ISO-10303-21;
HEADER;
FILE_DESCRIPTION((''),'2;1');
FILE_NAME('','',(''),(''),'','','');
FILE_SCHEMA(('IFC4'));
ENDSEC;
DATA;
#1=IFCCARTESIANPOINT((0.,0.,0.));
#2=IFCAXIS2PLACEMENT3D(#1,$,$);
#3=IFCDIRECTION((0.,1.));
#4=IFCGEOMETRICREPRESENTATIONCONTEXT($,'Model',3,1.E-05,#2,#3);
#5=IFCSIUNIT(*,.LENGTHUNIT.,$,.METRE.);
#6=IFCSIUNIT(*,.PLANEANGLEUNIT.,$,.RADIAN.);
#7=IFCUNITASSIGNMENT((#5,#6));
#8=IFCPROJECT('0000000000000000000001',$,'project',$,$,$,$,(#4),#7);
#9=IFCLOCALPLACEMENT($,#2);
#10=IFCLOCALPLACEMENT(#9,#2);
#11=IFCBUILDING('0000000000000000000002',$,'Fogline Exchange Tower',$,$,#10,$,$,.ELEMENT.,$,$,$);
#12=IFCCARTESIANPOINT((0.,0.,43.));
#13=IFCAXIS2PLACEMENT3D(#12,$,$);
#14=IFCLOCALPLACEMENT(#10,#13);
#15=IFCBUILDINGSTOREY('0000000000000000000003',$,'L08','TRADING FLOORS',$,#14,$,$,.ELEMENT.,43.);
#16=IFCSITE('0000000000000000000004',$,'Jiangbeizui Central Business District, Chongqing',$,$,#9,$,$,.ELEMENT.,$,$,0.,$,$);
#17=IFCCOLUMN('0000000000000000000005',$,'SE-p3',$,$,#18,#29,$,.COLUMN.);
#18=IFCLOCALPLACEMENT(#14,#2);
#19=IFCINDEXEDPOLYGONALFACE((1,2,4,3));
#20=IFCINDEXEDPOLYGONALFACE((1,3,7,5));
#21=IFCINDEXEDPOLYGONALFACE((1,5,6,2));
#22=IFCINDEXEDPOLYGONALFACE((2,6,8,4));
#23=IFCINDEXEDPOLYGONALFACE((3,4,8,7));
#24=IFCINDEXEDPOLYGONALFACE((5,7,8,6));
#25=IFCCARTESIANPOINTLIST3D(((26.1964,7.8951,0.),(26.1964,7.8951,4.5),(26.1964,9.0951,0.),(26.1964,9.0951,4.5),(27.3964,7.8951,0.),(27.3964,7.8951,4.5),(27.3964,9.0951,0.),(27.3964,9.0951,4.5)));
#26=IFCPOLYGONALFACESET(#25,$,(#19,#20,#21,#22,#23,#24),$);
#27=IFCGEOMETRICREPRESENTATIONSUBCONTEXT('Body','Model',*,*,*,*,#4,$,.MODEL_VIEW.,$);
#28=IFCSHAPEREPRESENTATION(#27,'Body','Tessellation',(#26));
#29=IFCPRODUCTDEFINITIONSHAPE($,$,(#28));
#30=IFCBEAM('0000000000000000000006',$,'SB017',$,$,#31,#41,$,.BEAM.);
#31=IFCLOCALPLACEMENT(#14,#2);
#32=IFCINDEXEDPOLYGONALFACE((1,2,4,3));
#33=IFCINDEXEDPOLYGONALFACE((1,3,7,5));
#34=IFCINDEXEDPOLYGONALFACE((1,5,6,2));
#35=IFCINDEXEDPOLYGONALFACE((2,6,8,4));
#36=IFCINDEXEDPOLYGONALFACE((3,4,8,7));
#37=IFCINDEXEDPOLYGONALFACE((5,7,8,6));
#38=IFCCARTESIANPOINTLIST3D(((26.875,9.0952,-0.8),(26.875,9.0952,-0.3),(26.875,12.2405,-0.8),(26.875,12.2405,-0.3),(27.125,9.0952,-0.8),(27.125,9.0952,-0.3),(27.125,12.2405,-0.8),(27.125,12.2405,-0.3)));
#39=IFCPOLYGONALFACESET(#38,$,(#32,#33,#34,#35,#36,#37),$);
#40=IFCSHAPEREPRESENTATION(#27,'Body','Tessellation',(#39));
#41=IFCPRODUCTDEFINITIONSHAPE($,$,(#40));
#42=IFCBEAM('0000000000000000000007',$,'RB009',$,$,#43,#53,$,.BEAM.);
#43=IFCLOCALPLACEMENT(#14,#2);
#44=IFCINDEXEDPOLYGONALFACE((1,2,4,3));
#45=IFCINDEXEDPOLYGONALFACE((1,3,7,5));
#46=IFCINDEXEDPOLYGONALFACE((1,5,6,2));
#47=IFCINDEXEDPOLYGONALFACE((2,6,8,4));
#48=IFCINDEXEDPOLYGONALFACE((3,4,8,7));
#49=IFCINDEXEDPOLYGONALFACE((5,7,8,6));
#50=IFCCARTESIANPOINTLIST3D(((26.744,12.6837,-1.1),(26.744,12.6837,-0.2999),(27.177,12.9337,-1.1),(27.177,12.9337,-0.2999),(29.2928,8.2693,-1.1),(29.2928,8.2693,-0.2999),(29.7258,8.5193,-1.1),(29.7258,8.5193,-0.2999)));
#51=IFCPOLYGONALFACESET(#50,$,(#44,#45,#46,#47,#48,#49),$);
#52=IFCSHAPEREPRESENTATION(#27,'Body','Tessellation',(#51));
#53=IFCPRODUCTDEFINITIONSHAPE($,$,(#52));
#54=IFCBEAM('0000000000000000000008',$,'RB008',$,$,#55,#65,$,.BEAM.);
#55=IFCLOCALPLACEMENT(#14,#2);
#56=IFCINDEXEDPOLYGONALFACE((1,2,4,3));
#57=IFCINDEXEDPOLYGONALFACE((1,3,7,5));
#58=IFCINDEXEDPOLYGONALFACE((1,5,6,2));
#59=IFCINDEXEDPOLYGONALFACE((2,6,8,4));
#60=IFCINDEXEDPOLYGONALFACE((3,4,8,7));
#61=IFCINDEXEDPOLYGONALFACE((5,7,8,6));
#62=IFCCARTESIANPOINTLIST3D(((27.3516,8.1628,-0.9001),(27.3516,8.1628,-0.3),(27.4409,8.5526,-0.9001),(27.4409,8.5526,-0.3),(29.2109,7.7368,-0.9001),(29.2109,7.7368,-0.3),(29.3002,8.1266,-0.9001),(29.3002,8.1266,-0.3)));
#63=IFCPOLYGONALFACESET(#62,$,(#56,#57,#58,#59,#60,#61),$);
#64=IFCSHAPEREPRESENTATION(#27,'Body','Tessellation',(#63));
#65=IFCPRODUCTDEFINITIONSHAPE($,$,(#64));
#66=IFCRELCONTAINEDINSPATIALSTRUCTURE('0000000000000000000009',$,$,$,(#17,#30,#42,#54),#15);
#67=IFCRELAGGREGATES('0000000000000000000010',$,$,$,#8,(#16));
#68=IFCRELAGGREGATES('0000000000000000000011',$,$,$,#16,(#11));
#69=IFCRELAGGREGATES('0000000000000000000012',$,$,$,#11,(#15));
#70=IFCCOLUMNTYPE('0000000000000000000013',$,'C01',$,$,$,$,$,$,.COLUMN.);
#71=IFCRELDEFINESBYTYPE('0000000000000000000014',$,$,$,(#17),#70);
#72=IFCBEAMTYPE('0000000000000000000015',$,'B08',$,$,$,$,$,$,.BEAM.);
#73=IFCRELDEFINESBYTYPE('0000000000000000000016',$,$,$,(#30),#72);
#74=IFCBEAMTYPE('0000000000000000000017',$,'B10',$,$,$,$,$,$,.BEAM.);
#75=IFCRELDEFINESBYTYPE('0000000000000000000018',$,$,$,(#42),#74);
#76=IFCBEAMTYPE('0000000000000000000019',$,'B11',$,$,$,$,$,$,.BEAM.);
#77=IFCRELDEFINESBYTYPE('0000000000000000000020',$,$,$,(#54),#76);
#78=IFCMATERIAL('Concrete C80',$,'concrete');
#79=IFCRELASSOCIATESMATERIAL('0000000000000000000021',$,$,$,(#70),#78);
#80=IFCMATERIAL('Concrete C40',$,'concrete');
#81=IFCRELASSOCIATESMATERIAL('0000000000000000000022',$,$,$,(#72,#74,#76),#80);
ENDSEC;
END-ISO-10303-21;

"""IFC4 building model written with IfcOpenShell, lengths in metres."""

from ifc_helpers import new_model, si_unit, direction, frame, origin, origin_2d, place, context, subcontext, project, spatial, rectangle, extrude, material, material_profile, profile_set, type_object, element, save


model = new_model("IFC4")

# Units and contexts
model_context = context("Model", 3, precision=1e-05, world=origin(), true_north=direction((0.0, 1.0)))
body_context = subcontext(model_context, "Body", "Model", "MODEL_VIEW")
ifc_project = project(units=[si_unit("LENGTHUNIT", "METRE"), si_unit("PLANEANGLEUNIT", "RADIAN")], contexts=[model_context])

# Site, building, storey
site_placement = place(None, origin())
site = spatial("IfcSite", under=ifc_project, at=site_placement, Name="Jiangbeizui Central Business District, Chongqing", CompositionType="ELEMENT", RefElevation=0.0)
building_placement = place(site_placement, origin())
building = spatial("IfcBuilding", under=site, at=building_placement, Name="Fogline Exchange Tower", CompositionType="ELEMENT")
storey_placement = place(building_placement, frame((0.0, 0.0, 43.0)))
storey = spatial("IfcBuildingStorey", under=building, at=storey_placement, Name="L08", Description="TRADING FLOORS", CompositionType="ELEMENT", Elevation=43.0)

# Column
ifc_material_1 = material(Name="Concrete C80", Category="concrete")
ifc_material_profile_1 = material_profile(ifc_material_1, rectangle(XDim=1.2, YDim=1.2, at=origin_2d()), Name="RC 1200x1200")
ifc_profile_set_1 = profile_set([ifc_material_profile_1], Name="Concrete C80")
column_type = type_object("IfcColumnType", Name="C01", PredefinedType="COLUMN", material=ifc_profile_set_1)
column_placement = place(storey_placement, frame((26.7964, 8.4951, 0.0), z_axis=(0.0, 0.0, 1.0), x_axis=(1.0, 0.0, 0.0)))
element("IfcColumn", 1, at=column_placement, inside=storey, type_object=column_type, Name="SE-p3", PredefinedType="COLUMN", context=body_context, shape_type="SweptSolid", body=[
    extrude(rectangle(XDim=1.2, YDim=1.2, at=origin_2d()), origin(), (0.0, 0.0, 1.0), 4.5),
])

# Beams
ifc_material_2 = material(Name="Concrete C40", Category="concrete")
ifc_material_profile_2 = material_profile(ifc_material_2, rectangle(XDim=0.25, YDim=0.5, at=origin_2d()), Name="RC 250x500")
ifc_profile_set_2 = profile_set([ifc_material_profile_2], Name="Concrete C40")
beam_type_1 = type_object("IfcBeamType", Name="B08", PredefinedType="BEAM", material=ifc_profile_set_2)
beam_1_placement = place(storey_placement, frame((27.0, 9.0952, -0.55), z_axis=(0.0, 1.0, 0.0), x_axis=(-1.0, 0.0, 0.0)))
element("IfcBeam", 2, at=beam_1_placement, inside=storey, type_object=beam_type_1, Name="SB017", PredefinedType="BEAM", context=body_context, shape_type="SweptSolid", body=[
    extrude(rectangle(XDim=0.25, YDim=0.5, at=origin_2d()), origin(), (0.0, 0.0, 1.0), 3.1453),
])
ifc_material_profile_3 = material_profile(ifc_material_2, rectangle(XDim=0.5, YDim=0.8, at=origin_2d()), Name="RC 500x800")
ifc_profile_set_3 = profile_set([ifc_material_profile_3], Name="Concrete C40")
beam_type_2 = type_object("IfcBeamType", Name="B10", PredefinedType="BEAM", material=ifc_profile_set_3)
beam_2_placement = place(storey_placement, frame((29.5093, 8.3943, -0.7), z_axis=(-0.500013, 0.866018, 0.0), x_axis=(-0.866018, -0.500013, 0.0)))
element("IfcBeam", 3, at=beam_2_placement, inside=storey, type_object=beam_type_2, Name="RB009", PredefinedType="BEAM", context=body_context, shape_type="SweptSolid", body=[
    extrude(rectangle(XDim=0.5, YDim=0.8, at=origin_2d()), origin(), (0.0, 0.0, 1.0), 5.0974),
])
ifc_material_profile_4 = material_profile(ifc_material_2, rectangle(XDim=0.3999, YDim=0.6001, at=origin_2d()), Name="RC 400x600")
ifc_profile_set_4 = profile_set([ifc_material_profile_4], Name="Concrete C40")
beam_type_3 = type_object("IfcBeamType", Name="B11", PredefinedType="BEAM", material=ifc_profile_set_4)
beam_3_placement = place(storey_placement, frame((27.3962, 8.3577, -0.6001), z_axis=(0.974742, -0.223336, 0.0), x_axis=(0.223336, 0.974742, 0.0)))
element("IfcBeam", 4, at=beam_3_placement, inside=storey, type_object=beam_type_3, Name="RB008", PredefinedType="BEAM", context=body_context, shape_type="SweptSolid", body=[
    extrude(rectangle(XDim=0.3999, YDim=0.6001, at=origin_2d()), origin(), (0.0, 0.0, 1.0), 1.9075),
])

save(model, "model.ifc")
